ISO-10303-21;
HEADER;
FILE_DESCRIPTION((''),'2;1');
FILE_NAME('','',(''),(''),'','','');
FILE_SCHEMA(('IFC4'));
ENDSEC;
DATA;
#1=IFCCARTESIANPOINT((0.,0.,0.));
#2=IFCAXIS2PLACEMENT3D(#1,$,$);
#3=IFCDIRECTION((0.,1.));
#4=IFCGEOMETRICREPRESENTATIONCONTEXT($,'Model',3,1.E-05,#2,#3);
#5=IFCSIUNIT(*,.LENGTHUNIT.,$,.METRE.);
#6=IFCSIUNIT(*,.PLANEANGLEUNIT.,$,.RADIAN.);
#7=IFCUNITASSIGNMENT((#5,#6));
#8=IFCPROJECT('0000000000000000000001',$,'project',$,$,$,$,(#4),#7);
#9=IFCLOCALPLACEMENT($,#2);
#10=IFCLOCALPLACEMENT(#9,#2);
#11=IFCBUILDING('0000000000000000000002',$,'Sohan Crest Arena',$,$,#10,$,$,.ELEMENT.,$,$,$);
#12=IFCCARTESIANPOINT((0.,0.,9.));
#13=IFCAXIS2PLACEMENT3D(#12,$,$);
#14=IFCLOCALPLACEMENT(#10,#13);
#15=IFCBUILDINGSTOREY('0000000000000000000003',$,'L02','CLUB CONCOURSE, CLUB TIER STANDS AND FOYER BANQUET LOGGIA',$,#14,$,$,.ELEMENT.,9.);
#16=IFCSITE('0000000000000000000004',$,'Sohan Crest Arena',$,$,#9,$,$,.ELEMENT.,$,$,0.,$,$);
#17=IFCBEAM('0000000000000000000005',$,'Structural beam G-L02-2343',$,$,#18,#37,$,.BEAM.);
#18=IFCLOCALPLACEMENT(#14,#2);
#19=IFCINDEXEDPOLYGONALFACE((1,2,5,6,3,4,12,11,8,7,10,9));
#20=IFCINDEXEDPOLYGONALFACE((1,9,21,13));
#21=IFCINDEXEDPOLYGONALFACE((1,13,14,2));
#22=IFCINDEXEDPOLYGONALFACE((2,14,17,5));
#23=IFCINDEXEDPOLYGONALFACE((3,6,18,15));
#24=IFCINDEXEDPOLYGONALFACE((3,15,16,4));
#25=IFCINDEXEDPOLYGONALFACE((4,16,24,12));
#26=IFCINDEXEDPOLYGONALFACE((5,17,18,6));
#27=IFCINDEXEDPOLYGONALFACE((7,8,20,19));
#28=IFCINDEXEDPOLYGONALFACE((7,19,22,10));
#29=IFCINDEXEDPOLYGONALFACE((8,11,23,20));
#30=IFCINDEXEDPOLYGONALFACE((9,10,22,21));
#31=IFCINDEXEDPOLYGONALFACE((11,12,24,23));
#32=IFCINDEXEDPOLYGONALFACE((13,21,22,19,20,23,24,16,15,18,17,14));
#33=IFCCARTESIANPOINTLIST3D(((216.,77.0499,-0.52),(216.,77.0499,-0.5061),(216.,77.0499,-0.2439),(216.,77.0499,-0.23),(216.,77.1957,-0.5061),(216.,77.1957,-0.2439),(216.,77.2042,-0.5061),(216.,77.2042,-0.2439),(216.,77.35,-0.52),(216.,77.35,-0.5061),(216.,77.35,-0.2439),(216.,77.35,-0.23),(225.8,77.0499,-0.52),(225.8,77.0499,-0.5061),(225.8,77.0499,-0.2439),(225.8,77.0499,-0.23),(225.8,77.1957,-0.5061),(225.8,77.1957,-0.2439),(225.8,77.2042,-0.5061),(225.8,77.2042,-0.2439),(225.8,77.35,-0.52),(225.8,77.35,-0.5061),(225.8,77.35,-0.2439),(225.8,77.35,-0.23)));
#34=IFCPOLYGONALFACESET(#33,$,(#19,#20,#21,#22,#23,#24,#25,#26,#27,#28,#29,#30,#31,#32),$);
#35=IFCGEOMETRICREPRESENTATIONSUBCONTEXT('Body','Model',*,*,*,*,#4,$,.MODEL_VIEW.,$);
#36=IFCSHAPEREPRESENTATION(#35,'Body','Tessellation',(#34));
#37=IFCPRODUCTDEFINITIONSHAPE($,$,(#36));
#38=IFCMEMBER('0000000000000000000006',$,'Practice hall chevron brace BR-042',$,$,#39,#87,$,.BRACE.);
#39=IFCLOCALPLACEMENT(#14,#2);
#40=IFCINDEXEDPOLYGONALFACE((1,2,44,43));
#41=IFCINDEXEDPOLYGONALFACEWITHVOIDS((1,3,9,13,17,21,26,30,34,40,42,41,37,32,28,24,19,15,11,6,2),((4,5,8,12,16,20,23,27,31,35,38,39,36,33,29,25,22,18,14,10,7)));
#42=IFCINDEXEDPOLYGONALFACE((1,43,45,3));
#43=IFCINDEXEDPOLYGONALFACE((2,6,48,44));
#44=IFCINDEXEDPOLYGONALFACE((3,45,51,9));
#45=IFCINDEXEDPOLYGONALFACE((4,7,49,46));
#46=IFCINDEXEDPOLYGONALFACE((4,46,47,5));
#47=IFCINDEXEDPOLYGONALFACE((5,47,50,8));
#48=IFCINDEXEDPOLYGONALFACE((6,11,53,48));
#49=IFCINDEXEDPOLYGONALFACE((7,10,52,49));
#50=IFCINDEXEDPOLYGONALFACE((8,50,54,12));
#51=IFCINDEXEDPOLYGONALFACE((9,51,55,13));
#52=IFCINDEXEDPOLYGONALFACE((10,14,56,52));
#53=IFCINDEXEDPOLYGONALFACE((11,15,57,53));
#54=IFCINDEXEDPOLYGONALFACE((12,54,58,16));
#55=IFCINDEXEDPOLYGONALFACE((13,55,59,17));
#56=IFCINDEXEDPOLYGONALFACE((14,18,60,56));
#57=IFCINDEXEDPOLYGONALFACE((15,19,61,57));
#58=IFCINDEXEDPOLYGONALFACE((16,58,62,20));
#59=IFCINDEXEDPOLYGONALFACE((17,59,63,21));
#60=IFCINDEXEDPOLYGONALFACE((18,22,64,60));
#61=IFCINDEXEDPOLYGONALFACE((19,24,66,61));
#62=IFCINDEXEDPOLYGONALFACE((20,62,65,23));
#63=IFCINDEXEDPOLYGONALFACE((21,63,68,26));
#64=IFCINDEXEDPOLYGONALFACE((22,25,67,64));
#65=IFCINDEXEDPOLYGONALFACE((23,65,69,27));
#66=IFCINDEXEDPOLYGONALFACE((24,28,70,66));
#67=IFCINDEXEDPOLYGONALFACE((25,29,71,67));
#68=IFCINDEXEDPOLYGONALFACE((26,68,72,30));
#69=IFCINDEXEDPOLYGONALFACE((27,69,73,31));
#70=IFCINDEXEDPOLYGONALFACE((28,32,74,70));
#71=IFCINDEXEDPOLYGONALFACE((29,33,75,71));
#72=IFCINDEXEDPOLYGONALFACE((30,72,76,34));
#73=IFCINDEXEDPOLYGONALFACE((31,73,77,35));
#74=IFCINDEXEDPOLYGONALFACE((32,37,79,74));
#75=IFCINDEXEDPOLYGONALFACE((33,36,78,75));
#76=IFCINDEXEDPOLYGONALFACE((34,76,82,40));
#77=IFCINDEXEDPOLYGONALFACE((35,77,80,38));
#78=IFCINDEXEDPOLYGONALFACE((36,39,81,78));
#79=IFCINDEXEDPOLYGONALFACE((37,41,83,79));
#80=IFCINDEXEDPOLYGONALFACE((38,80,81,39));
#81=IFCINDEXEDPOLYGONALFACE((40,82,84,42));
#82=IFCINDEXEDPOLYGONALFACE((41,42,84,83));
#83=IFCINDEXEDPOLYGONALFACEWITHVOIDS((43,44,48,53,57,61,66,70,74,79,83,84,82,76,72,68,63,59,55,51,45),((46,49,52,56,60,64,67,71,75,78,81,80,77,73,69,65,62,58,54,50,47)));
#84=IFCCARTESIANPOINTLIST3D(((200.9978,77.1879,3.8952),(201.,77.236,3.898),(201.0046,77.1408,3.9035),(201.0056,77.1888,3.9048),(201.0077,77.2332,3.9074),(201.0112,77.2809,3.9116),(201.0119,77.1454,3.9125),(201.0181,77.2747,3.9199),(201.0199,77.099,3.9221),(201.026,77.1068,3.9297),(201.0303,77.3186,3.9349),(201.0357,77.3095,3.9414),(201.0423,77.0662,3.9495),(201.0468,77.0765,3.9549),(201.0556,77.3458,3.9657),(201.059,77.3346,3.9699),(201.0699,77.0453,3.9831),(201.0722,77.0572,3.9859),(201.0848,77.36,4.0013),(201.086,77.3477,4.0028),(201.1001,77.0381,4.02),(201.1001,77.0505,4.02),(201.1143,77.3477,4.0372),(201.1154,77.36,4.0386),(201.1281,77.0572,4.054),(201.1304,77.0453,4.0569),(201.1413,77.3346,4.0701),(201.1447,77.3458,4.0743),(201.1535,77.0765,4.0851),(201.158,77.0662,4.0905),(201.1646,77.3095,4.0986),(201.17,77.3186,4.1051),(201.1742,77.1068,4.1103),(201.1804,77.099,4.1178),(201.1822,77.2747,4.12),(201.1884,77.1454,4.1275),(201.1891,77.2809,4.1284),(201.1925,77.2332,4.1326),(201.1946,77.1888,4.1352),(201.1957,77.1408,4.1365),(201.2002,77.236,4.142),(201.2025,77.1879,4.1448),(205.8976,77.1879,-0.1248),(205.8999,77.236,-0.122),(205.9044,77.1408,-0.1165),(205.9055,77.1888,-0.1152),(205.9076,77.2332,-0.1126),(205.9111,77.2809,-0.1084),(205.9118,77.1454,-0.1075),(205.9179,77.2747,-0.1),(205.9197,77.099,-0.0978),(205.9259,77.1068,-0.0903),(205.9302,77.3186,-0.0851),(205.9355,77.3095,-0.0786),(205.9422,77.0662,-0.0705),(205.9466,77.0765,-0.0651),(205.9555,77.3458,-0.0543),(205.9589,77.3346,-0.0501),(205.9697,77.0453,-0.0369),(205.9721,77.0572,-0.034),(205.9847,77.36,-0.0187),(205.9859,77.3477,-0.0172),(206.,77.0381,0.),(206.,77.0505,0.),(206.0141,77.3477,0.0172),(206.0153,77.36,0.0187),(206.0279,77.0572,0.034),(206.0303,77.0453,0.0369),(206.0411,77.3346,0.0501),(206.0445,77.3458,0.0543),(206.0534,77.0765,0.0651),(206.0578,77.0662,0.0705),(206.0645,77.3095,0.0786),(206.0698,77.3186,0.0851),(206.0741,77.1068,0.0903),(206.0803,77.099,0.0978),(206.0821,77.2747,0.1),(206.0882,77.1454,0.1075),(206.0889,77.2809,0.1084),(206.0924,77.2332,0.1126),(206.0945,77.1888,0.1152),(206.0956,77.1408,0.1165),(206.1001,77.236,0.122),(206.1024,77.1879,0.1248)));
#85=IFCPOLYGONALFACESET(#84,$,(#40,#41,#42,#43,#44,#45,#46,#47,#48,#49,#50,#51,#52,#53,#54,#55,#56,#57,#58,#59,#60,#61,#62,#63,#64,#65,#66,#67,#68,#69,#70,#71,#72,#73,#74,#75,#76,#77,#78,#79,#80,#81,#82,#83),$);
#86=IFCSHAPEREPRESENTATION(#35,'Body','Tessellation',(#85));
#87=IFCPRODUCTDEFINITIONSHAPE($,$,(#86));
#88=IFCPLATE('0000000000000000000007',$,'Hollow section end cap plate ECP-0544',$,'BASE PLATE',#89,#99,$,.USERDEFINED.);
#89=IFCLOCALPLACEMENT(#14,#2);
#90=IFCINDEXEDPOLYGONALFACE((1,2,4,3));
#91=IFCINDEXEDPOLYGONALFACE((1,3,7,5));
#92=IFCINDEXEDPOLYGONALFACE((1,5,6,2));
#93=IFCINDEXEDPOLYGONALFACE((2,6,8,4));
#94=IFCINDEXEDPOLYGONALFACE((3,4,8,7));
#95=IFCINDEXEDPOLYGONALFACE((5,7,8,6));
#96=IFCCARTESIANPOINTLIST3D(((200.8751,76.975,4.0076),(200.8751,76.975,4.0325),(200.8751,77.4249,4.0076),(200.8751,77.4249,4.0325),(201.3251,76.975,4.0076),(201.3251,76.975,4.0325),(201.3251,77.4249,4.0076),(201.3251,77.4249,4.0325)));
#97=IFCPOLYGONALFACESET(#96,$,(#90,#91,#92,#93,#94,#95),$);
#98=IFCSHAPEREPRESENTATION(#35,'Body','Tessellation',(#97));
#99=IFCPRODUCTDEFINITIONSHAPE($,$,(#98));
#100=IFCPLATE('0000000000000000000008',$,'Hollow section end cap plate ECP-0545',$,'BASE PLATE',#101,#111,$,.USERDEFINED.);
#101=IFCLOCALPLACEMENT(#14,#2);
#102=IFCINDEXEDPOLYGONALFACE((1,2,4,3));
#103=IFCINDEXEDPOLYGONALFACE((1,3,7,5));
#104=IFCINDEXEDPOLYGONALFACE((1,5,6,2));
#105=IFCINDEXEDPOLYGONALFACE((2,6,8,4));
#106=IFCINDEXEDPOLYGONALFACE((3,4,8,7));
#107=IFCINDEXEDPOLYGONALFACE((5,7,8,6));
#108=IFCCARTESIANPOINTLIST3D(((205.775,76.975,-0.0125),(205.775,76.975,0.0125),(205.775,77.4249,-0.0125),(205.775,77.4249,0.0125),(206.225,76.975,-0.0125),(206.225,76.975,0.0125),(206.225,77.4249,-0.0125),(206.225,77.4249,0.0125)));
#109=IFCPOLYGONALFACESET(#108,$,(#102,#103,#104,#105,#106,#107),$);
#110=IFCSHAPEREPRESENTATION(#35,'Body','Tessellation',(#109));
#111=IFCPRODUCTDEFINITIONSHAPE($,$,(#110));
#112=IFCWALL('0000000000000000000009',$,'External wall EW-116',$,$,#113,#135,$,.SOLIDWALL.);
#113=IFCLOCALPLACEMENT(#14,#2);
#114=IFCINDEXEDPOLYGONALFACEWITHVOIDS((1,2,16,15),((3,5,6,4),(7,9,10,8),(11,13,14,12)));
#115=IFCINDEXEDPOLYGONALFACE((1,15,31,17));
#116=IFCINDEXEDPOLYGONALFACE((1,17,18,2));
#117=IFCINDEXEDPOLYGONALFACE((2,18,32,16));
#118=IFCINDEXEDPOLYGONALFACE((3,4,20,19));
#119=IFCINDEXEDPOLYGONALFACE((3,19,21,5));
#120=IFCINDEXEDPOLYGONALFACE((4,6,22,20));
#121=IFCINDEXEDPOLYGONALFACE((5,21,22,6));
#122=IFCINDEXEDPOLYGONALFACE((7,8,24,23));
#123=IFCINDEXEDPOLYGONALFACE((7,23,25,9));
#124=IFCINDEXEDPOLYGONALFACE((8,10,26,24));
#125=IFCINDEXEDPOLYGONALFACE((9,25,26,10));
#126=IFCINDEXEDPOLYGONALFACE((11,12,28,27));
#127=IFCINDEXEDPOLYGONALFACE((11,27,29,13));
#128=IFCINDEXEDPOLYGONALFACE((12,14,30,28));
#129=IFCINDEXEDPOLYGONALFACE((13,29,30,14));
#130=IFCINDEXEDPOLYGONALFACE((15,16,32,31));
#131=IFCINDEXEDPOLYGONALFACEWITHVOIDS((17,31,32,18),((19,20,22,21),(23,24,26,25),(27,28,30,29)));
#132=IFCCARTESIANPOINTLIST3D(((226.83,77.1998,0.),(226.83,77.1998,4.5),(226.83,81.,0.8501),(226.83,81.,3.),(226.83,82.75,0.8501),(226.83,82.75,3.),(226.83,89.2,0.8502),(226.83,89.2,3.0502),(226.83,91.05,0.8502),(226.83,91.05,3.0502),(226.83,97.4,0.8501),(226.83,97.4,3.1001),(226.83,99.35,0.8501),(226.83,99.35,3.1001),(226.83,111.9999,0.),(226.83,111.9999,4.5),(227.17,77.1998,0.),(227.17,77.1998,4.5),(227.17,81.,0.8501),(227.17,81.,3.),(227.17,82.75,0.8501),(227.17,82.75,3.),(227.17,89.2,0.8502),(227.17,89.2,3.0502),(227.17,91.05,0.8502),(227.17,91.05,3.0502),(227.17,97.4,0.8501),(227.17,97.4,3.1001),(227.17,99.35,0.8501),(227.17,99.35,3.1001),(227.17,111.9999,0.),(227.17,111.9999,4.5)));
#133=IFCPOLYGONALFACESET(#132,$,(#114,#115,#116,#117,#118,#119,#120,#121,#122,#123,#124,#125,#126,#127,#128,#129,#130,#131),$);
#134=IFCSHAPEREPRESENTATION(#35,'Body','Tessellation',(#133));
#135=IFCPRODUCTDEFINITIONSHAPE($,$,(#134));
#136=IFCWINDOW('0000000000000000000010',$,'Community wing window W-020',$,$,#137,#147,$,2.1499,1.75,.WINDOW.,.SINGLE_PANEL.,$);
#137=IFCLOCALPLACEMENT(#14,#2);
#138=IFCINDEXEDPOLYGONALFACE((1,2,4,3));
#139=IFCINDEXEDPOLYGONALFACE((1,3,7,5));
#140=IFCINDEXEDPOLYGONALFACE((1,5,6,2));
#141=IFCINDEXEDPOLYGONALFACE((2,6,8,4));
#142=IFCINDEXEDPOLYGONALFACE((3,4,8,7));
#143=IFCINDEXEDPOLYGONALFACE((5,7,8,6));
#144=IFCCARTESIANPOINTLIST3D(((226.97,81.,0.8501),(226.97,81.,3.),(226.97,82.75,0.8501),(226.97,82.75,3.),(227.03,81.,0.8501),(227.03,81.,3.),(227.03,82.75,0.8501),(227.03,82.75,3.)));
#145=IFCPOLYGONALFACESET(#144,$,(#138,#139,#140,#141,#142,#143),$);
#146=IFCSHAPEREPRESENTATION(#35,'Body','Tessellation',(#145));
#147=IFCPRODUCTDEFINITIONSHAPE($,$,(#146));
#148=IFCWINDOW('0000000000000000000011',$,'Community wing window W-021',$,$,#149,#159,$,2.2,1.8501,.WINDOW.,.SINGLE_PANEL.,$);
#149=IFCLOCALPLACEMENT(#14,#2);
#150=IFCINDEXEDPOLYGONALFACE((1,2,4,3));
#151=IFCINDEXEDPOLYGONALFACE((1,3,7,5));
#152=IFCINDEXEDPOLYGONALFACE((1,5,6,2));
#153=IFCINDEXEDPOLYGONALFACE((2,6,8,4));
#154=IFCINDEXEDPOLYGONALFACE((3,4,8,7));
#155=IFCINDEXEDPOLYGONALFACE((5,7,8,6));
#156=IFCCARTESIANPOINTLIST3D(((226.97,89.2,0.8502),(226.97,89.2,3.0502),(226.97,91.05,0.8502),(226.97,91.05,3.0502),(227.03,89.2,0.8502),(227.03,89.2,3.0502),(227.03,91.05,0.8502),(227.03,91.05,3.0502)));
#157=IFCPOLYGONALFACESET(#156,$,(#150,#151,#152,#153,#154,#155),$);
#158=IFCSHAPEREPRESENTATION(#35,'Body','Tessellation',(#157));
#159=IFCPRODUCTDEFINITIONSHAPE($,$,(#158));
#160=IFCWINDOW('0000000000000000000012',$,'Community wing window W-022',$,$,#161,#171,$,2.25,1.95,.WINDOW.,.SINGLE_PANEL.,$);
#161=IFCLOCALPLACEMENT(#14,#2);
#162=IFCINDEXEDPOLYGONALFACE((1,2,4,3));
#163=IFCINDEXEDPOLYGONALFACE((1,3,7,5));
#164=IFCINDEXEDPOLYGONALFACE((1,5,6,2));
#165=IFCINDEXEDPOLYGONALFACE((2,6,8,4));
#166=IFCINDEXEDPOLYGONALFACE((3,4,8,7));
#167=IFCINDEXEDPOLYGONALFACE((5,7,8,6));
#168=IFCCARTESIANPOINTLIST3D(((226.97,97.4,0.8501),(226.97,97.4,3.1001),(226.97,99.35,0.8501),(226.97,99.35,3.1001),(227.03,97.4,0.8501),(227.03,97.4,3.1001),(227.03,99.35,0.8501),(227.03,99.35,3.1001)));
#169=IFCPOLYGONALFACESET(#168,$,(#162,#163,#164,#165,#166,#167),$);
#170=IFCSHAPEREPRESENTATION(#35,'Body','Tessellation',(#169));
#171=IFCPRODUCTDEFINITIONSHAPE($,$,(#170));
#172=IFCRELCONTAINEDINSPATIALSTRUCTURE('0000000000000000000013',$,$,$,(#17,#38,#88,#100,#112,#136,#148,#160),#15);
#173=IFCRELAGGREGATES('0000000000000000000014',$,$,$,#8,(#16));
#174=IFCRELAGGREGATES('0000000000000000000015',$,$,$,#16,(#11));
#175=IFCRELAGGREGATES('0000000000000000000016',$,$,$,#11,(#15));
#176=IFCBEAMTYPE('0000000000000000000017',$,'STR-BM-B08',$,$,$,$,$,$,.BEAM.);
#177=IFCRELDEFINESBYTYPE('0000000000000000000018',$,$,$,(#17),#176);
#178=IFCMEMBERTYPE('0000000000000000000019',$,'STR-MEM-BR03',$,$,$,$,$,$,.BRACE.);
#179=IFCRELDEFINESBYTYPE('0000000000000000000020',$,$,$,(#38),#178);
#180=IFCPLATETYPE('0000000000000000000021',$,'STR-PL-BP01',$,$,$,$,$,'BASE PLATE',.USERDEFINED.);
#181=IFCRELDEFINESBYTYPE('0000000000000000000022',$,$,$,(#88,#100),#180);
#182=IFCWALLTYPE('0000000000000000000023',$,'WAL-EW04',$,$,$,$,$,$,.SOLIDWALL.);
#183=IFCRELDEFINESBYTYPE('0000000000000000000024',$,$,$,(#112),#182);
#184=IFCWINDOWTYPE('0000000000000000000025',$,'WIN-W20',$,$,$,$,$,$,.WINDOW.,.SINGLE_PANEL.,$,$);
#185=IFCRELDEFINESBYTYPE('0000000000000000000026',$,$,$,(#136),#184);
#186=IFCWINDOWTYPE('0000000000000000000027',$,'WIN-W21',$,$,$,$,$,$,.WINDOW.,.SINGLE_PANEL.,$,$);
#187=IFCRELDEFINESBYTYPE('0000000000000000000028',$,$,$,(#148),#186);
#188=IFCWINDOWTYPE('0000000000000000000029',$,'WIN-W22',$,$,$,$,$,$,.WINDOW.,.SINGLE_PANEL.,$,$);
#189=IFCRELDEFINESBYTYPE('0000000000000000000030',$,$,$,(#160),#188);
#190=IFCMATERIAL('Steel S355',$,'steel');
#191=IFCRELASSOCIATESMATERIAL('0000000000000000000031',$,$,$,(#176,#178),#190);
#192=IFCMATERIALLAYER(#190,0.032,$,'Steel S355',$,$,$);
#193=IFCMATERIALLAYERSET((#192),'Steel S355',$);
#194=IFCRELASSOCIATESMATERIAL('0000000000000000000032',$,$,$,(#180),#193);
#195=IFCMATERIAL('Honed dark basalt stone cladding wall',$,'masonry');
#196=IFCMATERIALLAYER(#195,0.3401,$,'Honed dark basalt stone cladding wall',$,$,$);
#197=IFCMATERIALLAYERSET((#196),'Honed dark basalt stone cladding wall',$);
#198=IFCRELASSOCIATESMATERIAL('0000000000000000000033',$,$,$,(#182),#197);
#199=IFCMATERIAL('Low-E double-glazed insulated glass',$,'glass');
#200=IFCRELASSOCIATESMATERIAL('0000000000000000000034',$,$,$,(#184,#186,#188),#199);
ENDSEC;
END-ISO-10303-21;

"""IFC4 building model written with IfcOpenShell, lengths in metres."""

from ifc_helpers import new_model, si_unit, direction, frame, frame_2d, origin, origin_2d, place, context, subcontext, project, spatial, rectangle, hollow_circle, i_section, extrude, material, layer, layer_set, material_profile, profile_set, type_object, element, fill, save


model = new_model("IFC4")

# Units and contexts
model_context = context("Model", 3, precision=1e-05, world=origin(), true_north=direction((0.0, 1.0)))
body_context = subcontext(model_context, "Body", "Model", "MODEL_VIEW")
ifc_project = project(units=[si_unit("LENGTHUNIT", "METRE"), si_unit("PLANEANGLEUNIT", "RADIAN")], contexts=[model_context])

# Site, building, storey
site_placement = place(None, origin())
site = spatial("IfcSite", under=ifc_project, at=site_placement, Name="Sohan Crest Arena", CompositionType="ELEMENT", RefElevation=0.0)
building_placement = place(site_placement, origin())
building = spatial("IfcBuilding", under=site, at=building_placement, Name="Sohan Crest Arena", CompositionType="ELEMENT")
storey_placement = place(building_placement, frame((0.0, 0.0, 9.0)))
storey = spatial("IfcBuildingStorey", under=building, at=storey_placement, Name="L02", Description="CLUB CONCOURSE, CLUB TIER STANDS AND FOYER BANQUET LOGGIA", CompositionType="ELEMENT", Elevation=9.0)

# Beam
ifc_material_1 = material(Name="Steel S355", Category="steel")
ifc_material_profile_1 = material_profile(ifc_material_1, i_section(OverallWidth=0.3, OverallDepth=0.29, WebThickness=0.0085, FlangeThickness=0.0139, at=origin_2d()), Name="HEA 300")
ifc_profile_set_1 = profile_set([ifc_material_profile_1], Name="Steel S355")
beam_type_1 = type_object("IfcBeamType", Name="STR-BM-B08", PredefinedType="BEAM", material=ifc_profile_set_1)
beam_1_placement = place(storey_placement, frame((216.0, 77.2, -0.375), z_axis=(1.0, 0.0, 0.0), x_axis=(0.0, 1.0, 0.0)))
element("IfcBeam", 1, at=beam_1_placement, inside=storey, type_object=beam_type_1, Name="Structural beam G-L02-2343", PredefinedType="BEAM", context=body_context, shape_type="SweptSolid", body=[
    extrude(i_section(OverallWidth=0.3, OverallDepth=0.29, WebThickness=0.0085, FlangeThickness=0.0139, at=origin_2d()), origin(), (0.0, 0.0, 1.0), 9.8),
])

# Member
ifc_material_profile_2 = material_profile(ifc_material_1, hollow_circle(Radius=0.1619, WallThickness=0.0125, at=origin_2d()), Name="CHS 323.9x12.5")
ifc_profile_set_2 = profile_set([ifc_material_profile_2], Name="Steel S355")
member_type = type_object("IfcMemberType", Name="STR-MEM-BR03", PredefinedType="BRACE", material=ifc_profile_set_2)
member_placement = place(storey_placement, frame((206.0, 77.2, 0.0), z_axis=(-0.773105, 0.0, 0.634278), x_axis=(0.0, -1.0, 0.0)))
element("IfcMember", 2, at=member_placement, inside=storey, type_object=member_type, Name="Practice hall chevron brace BR-042", PredefinedType="BRACE", context=body_context, shape_type="SweptSolid", body=[
    extrude(hollow_circle(Radius=0.1619, WallThickness=0.0125, at=origin_2d()), origin(), (0.0, 0.0, 1.0), 6.3379),
])

# Plates
ifc_layer_1 = layer(ifc_material_1, 0.032, Name="Steel S355")
ifc_layer_set_1 = layer_set([ifc_layer_1], Name="Steel S355")
plate_type = type_object("IfcPlateType", Name="STR-PL-BP01", ElementType="BASE PLATE", PredefinedType="USERDEFINED", material=ifc_layer_set_1)
for number, where, z_axis, x_axis, name in (
    (3, (201.1001, 77.2, 4.0076), (0.0, 0.0, 1.0), (1.0, 0.0, 0.0), "Hollow section end cap plate ECP-0544"),
    (4, (206.0, 77.2, -0.0125), (0.0, 0.0, 1.0), (1.0, 0.0, 0.0), "Hollow section end cap plate ECP-0545"),
):
    element("IfcPlate", number, at=place(storey_placement, frame(where, z_axis=z_axis, x_axis=x_axis)), inside=storey, type_object=plate_type, Name=name, ObjectType="BASE PLATE", PredefinedType="USERDEFINED", context=body_context, shape_type="SweptSolid", body=[
        extrude(rectangle(XDim=0.45, YDim=0.45, at=origin_2d()), origin(), (0.0, 0.0, 1.0), 0.0249),
    ])

# Wall, openings, windows
ifc_material_2 = material(Name="Honed dark basalt stone cladding wall", Category="masonry")
ifc_layer_2 = layer(ifc_material_2, 0.3401, Name="Honed dark basalt stone cladding wall")
ifc_layer_set_2 = layer_set([ifc_layer_2], Name="Honed dark basalt stone cladding wall")
wall_type = type_object("IfcWallType", Name="WAL-EW04", PredefinedType="SOLIDWALL", material=ifc_layer_set_2)
wall_placement = place(storey_placement, frame((227.0, 77.2, 0.0), z_axis=(0.0, 0.0, 1.0), x_axis=(0.0, 1.0, 0.0)))
wall = element("IfcWall", 5, at=wall_placement, inside=storey, type_object=wall_type, Name="External wall EW-116", PredefinedType="SOLIDWALL", context=body_context, shape_type="SweptSolid", body=[
    extrude(rectangle(XDim=34.8, YDim=0.3401, at=frame_2d((17.3999, 0.0))), origin(), (0.0, 0.0, 1.0), 4.5),
])
opening_1_placement = place(wall_placement, frame((3.8, 0.0, 0.8501)))
opening_1 = element("IfcOpeningElement", 6, at=opening_1_placement, cuts=wall, PredefinedType="OPENING", context=body_context, shape_type="SweptSolid", body=[
    extrude(rectangle(XDim=1.75, YDim=2.1499, at=frame_2d((0.875, 1.075))), frame((0.0, 0.1799, 0.0), z_axis=(0.0, -1.0, 0.0), x_axis=(1.0, 0.0, 0.0)), (0.0, 0.0, 1.0), 0.3601),
])
opening_2_placement = place(wall_placement, frame((12.0, 0.0, 0.8501)))
opening_2 = element("IfcOpeningElement", 7, at=opening_2_placement, cuts=wall, PredefinedType="OPENING", context=body_context, shape_type="SweptSolid", body=[
    extrude(rectangle(XDim=1.8501, YDim=2.2, at=frame_2d((0.925, 1.1001))), frame((0.0, 0.1799, 0.0), z_axis=(0.0, -1.0, 0.0), x_axis=(1.0, 0.0, 0.0)), (0.0, 0.0, 1.0), 0.3601),
])
opening_3_placement = place(wall_placement, frame((20.2, 0.0, 0.8501)))
opening_3 = element("IfcOpeningElement", 8, at=opening_3_placement, cuts=wall, PredefinedType="OPENING", context=body_context, shape_type="SweptSolid", body=[
    extrude(rectangle(XDim=1.95, YDim=2.25, at=frame_2d((0.9751, 1.125))), frame((0.0, 0.1799, 0.0), z_axis=(0.0, -1.0, 0.0), x_axis=(1.0, 0.0, 0.0)), (0.0, 0.0, 1.0), 0.3601),
])
ifc_material_3 = material(Name="Low-E double-glazed insulated glass", Category="glass")
window_type_1 = type_object("IfcWindowType", Name="WIN-W20", PartitioningType="SINGLE_PANEL", PredefinedType="WINDOW", material=ifc_material_3)
window_1_placement = place(opening_1_placement, origin())
window_1 = element("IfcWindow", 9, at=window_1_placement, inside=storey, type_object=window_type_1, Name="Community wing window W-020", OverallHeight=2.1499, OverallWidth=1.75, PartitioningType="SINGLE_PANEL", PredefinedType="WINDOW", context=body_context, shape_type="SweptSolid", body=[
    extrude(rectangle(XDim=1.75, YDim=2.1499, at=frame_2d((0.875, 1.075))), frame((0.0, 0.03, 0.0), z_axis=(0.0, -1.0, 0.0), x_axis=(1.0, 0.0, 0.0)), (0.0, 0.0, 1.0), 0.0601),
])
fill(opening_1, window_1)
window_type_2 = type_object("IfcWindowType", Name="WIN-W21", PartitioningType="SINGLE_PANEL", PredefinedType="WINDOW", material=ifc_material_3)
window_2_placement = place(opening_2_placement, origin())
window_2 = element("IfcWindow", 10, at=window_2_placement, inside=storey, type_object=window_type_2, Name="Community wing window W-021", OverallHeight=2.2, OverallWidth=1.8501, PartitioningType="SINGLE_PANEL", PredefinedType="WINDOW", context=body_context, shape_type="SweptSolid", body=[
    extrude(rectangle(XDim=1.8501, YDim=2.2, at=frame_2d((0.925, 1.1001))), frame((0.0, 0.03, 0.0), z_axis=(0.0, -1.0, 0.0), x_axis=(1.0, 0.0, 0.0)), (0.0, 0.0, 1.0), 0.0601),
])
fill(opening_2, window_2)
window_type_3 = type_object("IfcWindowType", Name="WIN-W22", PartitioningType="SINGLE_PANEL", PredefinedType="WINDOW", material=ifc_material_3)
window_3_placement = place(opening_3_placement, origin())
window_3 = element("IfcWindow", 11, at=window_3_placement, inside=storey, type_object=window_type_3, Name="Community wing window W-022", OverallHeight=2.25, OverallWidth=1.95, PartitioningType="SINGLE_PANEL", PredefinedType="WINDOW", context=body_context, shape_type="SweptSolid", body=[
    extrude(rectangle(XDim=1.95, YDim=2.25, at=frame_2d((0.9751, 1.125))), frame((0.0, 0.03, 0.0), z_axis=(0.0, -1.0, 0.0), x_axis=(1.0, 0.0, 0.0)), (0.0, 0.0, 1.0), 0.0601),
])
fill(opening_3, window_3)

save(model, "model.ifc")
